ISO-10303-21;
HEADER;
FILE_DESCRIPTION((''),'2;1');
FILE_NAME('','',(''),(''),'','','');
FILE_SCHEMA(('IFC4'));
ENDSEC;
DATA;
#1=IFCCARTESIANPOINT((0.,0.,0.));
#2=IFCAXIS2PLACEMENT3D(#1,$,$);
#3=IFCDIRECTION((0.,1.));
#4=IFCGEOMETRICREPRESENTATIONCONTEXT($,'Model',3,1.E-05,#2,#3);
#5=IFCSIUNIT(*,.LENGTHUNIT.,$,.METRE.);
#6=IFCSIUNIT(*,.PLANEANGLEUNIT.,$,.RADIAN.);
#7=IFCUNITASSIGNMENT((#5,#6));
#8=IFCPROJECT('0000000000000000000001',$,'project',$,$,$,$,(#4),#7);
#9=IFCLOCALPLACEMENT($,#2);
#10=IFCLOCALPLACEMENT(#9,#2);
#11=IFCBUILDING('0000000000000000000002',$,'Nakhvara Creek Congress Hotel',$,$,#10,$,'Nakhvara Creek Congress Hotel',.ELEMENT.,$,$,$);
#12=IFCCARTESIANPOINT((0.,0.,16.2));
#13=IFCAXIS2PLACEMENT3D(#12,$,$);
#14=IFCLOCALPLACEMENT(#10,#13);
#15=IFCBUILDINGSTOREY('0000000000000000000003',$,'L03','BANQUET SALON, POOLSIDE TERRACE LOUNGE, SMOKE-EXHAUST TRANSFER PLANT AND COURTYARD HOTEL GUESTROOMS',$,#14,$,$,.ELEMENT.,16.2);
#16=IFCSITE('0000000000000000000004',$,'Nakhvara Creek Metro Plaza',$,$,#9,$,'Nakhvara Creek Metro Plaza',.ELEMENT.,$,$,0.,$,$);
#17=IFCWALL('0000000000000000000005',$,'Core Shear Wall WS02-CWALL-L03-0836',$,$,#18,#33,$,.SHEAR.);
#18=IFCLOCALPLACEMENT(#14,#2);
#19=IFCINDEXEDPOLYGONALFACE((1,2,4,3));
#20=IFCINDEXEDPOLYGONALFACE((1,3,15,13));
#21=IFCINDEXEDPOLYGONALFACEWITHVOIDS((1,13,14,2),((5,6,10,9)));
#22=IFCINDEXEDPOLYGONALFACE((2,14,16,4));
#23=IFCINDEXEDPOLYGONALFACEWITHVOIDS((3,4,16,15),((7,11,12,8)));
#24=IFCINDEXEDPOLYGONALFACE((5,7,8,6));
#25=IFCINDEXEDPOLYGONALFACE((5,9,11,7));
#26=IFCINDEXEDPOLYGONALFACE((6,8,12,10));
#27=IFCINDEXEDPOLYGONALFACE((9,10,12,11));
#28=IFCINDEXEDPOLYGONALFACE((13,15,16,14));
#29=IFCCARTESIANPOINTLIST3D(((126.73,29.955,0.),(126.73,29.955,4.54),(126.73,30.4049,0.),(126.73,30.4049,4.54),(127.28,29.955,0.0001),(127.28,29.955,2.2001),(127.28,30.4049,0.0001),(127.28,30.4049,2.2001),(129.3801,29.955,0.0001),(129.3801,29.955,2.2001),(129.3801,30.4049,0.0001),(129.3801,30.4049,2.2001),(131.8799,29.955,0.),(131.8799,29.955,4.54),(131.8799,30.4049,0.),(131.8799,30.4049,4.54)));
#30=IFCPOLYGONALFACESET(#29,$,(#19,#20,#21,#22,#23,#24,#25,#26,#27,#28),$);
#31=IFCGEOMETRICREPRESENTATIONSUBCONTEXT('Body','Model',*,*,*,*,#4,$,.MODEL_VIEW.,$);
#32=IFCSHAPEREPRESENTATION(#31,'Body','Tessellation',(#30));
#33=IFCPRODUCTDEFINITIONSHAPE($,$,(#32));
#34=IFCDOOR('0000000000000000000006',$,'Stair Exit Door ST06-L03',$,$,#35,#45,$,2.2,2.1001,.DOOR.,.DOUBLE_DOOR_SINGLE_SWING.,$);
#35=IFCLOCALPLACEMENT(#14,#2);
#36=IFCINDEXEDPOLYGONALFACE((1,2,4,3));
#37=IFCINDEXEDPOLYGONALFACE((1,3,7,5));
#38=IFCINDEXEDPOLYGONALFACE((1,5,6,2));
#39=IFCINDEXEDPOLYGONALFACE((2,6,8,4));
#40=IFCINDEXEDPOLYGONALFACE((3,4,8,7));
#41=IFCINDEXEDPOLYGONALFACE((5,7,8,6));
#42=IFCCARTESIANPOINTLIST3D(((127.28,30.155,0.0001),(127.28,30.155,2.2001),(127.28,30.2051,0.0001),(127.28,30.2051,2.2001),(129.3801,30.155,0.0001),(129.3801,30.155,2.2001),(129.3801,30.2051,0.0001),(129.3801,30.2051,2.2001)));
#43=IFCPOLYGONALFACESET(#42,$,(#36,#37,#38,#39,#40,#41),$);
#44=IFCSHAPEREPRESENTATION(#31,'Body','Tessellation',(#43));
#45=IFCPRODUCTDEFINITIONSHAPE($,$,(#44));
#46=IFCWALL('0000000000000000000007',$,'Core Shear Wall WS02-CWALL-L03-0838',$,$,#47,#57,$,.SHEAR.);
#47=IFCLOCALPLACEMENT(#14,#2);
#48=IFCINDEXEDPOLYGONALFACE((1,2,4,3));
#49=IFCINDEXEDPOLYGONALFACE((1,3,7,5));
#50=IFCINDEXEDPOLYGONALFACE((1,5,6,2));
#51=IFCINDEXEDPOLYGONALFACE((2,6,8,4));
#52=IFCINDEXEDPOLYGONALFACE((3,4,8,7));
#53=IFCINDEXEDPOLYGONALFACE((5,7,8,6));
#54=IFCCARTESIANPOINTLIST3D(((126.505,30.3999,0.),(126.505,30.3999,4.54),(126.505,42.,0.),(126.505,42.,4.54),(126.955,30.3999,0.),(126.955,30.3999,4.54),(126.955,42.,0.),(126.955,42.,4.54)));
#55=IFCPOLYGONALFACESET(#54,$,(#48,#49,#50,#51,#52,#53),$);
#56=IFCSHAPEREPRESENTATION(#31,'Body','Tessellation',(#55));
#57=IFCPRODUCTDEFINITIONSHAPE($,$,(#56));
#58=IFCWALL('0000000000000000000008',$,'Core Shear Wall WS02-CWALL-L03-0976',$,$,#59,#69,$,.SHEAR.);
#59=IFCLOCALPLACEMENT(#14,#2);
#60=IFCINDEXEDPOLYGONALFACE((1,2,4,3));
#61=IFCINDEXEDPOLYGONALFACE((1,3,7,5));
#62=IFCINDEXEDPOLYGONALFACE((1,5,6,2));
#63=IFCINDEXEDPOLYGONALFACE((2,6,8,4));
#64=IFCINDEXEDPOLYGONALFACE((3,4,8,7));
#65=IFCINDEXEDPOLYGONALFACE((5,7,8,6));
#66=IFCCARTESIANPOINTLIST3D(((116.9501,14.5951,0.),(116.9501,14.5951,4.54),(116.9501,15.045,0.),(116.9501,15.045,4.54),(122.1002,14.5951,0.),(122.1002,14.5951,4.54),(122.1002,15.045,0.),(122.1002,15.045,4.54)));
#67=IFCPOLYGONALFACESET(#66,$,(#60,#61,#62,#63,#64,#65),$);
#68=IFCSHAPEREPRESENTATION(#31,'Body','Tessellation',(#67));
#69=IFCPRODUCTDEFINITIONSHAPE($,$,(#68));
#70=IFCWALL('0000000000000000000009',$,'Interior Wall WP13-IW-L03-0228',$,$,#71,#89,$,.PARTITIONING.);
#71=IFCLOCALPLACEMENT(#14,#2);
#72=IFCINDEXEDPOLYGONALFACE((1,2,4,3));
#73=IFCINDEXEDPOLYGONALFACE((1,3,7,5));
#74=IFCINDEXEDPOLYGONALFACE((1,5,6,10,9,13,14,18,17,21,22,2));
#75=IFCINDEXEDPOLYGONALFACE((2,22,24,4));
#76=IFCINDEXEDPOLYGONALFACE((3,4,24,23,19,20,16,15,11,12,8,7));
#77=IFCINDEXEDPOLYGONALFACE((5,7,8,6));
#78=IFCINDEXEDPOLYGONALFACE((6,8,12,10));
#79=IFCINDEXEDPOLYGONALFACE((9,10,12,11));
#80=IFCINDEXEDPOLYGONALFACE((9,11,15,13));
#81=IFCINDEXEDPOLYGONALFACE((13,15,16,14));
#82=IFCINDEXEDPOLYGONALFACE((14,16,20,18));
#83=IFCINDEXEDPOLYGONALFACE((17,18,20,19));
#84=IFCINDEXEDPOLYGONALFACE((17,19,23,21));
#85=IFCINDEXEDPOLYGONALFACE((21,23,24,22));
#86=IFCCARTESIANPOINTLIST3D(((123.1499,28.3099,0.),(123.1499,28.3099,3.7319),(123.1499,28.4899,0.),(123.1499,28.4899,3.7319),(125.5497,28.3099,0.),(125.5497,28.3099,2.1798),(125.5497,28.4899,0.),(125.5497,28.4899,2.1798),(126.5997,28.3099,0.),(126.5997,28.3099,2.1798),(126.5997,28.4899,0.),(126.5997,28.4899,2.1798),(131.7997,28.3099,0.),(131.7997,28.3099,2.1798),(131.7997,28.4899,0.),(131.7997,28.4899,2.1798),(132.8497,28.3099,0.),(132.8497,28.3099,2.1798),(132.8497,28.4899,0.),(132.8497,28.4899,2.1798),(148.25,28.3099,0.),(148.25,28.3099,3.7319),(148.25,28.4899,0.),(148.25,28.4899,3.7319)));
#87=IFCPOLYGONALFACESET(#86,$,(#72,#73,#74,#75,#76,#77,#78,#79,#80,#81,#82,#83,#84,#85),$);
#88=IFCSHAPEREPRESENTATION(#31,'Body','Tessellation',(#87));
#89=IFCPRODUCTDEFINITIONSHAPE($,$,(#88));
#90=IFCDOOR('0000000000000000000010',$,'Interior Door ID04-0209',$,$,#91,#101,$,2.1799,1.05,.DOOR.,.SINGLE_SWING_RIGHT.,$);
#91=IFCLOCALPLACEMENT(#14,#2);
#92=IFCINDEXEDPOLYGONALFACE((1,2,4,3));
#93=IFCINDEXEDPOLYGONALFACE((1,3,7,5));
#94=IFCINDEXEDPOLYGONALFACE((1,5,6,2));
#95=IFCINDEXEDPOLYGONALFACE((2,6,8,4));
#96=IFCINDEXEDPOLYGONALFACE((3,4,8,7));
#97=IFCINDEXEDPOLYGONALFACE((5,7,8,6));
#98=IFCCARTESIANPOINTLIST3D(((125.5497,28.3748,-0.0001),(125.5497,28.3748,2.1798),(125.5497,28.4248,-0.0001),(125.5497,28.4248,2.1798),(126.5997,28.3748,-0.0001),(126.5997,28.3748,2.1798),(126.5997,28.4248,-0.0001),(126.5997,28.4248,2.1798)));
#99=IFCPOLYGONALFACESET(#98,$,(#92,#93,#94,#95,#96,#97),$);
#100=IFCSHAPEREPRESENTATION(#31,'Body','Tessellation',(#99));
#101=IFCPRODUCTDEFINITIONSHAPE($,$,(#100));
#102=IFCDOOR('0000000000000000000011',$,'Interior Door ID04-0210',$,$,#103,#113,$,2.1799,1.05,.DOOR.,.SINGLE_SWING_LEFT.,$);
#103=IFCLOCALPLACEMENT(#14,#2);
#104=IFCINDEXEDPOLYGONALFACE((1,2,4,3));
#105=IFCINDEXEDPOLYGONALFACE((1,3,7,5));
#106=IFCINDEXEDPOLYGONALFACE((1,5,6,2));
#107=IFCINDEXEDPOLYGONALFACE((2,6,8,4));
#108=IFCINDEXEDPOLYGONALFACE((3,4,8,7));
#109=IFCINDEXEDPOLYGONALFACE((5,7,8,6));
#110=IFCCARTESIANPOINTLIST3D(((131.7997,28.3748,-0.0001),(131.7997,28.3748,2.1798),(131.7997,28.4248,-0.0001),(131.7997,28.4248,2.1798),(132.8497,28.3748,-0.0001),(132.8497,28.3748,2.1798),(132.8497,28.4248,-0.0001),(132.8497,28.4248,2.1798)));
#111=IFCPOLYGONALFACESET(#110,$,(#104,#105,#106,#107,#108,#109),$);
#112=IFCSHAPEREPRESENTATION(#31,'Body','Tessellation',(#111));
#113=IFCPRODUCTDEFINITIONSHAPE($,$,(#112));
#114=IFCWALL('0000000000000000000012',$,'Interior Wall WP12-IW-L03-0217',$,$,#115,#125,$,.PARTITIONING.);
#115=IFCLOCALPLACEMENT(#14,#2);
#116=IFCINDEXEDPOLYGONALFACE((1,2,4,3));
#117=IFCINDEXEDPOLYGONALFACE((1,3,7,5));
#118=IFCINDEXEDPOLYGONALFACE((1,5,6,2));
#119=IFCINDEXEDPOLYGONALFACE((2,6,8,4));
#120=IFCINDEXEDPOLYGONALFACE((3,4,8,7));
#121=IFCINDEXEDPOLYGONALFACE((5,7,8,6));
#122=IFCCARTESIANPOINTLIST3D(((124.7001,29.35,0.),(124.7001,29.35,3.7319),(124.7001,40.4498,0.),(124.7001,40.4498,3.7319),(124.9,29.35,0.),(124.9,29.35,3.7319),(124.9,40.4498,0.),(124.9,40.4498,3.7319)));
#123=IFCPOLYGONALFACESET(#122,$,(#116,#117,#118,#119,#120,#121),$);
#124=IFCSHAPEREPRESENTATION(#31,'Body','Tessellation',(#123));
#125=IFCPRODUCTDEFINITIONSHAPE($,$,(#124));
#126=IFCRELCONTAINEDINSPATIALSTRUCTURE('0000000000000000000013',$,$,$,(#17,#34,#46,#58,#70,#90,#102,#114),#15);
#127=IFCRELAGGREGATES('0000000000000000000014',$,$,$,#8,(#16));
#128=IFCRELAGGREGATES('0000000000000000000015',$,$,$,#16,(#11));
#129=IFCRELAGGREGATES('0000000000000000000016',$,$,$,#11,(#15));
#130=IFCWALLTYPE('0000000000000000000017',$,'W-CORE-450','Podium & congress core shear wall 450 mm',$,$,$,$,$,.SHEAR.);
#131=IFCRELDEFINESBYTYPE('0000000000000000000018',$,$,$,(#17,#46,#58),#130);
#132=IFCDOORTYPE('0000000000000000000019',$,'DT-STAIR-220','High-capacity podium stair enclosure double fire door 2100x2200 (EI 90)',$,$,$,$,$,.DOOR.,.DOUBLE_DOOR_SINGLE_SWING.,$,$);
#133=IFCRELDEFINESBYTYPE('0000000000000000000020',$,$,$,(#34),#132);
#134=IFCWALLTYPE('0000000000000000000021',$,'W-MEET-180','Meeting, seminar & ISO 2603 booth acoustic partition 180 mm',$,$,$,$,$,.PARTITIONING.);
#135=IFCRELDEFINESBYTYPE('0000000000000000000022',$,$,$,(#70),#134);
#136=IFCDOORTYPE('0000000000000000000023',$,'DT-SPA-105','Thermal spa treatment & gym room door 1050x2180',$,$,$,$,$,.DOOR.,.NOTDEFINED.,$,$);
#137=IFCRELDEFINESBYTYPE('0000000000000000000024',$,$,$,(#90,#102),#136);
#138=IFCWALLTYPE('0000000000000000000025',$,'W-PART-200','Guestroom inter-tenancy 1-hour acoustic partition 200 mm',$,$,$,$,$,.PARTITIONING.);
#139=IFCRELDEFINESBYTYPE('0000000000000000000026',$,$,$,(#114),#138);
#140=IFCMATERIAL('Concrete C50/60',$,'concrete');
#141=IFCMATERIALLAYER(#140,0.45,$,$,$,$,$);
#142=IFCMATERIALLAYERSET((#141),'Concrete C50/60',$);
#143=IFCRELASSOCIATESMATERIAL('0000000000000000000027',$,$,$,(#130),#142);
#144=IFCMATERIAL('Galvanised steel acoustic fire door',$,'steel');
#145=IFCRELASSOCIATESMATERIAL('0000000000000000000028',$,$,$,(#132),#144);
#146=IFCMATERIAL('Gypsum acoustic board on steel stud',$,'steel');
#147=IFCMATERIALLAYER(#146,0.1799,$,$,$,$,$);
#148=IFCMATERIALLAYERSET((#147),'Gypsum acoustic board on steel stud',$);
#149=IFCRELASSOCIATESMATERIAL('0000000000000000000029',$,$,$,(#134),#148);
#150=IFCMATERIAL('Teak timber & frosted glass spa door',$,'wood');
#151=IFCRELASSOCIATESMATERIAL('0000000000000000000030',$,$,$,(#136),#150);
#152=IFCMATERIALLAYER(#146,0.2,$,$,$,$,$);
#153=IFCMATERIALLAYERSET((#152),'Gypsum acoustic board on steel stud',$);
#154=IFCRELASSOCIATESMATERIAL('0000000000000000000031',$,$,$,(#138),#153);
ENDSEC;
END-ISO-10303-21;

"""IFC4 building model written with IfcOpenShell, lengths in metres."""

from ifc_helpers import new_model, si_unit, direction, frame, frame_2d, origin, place, context, subcontext, project, spatial, rectangle, extrude, material, layer, layer_set, type_object, element, fill, save


model = new_model("IFC4")

# Units and contexts
model_context = context("Model", 3, precision=1e-05, world=origin(), true_north=direction((0.0, 1.0)))
body_context = subcontext(model_context, "Body", "Model", "MODEL_VIEW")
ifc_project = project(units=[si_unit("LENGTHUNIT", "METRE"), si_unit("PLANEANGLEUNIT", "RADIAN")], contexts=[model_context])

# Site, building, storey
site_placement = place(None, origin())
site = spatial("IfcSite", under=ifc_project, at=site_placement, Name="Nakhvara Creek Metro Plaza", LongName="Nakhvara Creek Metro Plaza", CompositionType="ELEMENT", RefElevation=0.0)
building_placement = place(site_placement, origin())
building = spatial("IfcBuilding", under=site, at=building_placement, Name="Nakhvara Creek Congress Hotel", LongName="Nakhvara Creek Congress Hotel", CompositionType="ELEMENT")
storey_placement = place(building_placement, frame((0.0, 0.0, 16.2)))
storey = spatial("IfcBuildingStorey", under=building, at=storey_placement, Name="L03", Description="BANQUET SALON, POOLSIDE TERRACE LOUNGE, SMOKE-EXHAUST TRANSFER PLANT AND COURTYARD HOTEL GUESTROOMS", CompositionType="ELEMENT", Elevation=16.2)

# Shared definitions
ifc_material_1 = material(Name="Concrete C50/60", Category="concrete")

# Wall, opening, door
ifc_layer_1 = layer(ifc_material_1, 0.45)
ifc_layer_set_1 = layer_set([ifc_layer_1], Name="Concrete C50/60")
wall_type_1 = type_object("IfcWallType", Name="W-CORE-450", Description="Podium & congress core shear wall 450 mm", PredefinedType="SHEAR", material=ifc_layer_set_1)
wall_1_placement = place(storey_placement, frame((126.73, 30.1799, 0.0), z_axis=(0.0, 0.0, 1.0), x_axis=(1.0, 0.0, 0.0)))
wall_1 = element("IfcWall", 1, at=wall_1_placement, inside=storey, type_object=wall_type_1, Name="Core Shear Wall WS02-CWALL-L03-0836", PredefinedType="SHEAR", context=body_context, shape_type="SweptSolid", body=[
    extrude(rectangle(XDim=5.1499, YDim=0.45, at=frame_2d((2.575, 0.0))), origin(), (0.0, 0.0, 1.0), 4.54),
])
opening_1_placement = place(wall_1_placement, frame((0.55, 0.0, 0.0)))
opening_1 = element("IfcOpeningElement", 2, at=opening_1_placement, cuts=wall_1, PredefinedType="OPENING", context=body_context, shape_type="SweptSolid", body=[
    extrude(rectangle(XDim=2.1001, YDim=2.2, at=frame_2d((1.05, 1.1001))), frame((0.0, 0.2368, 0.0), z_axis=(0.0, -1.0, 0.0), x_axis=(1.0, 0.0, 0.0)), (0.0, 0.0, 1.0), 0.4739),
])
ifc_material_2 = material(Name="Galvanised steel acoustic fire door", Category="steel")
door_type_1 = type_object("IfcDoorType", Name="DT-STAIR-220", Description="High-capacity podium stair enclosure double fire door 2100x2200 (EI 90)", OperationType="DOUBLE_DOOR_SINGLE_SWING", PredefinedType="DOOR", material=ifc_material_2)
door_1_placement = place(opening_1_placement, frame((2.1001, 0.0, 0.0), z_axis=(0.0, 0.0, 1.0), x_axis=(-1.0, 0.0, 0.0)))
door_1 = element("IfcDoor", 3, at=door_1_placement, inside=storey, type_object=door_type_1, Name="Stair Exit Door ST06-L03", OperationType="DOUBLE_DOOR_SINGLE_SWING", OverallHeight=2.2, OverallWidth=2.1001, PredefinedType="DOOR", context=body_context, shape_type="SweptSolid", body=[
    extrude(rectangle(XDim=2.1001, YDim=2.2, at=frame_2d((1.05, 1.1001))), frame((0.0, 0.0249, 0.0), z_axis=(0.0, -1.0, 0.0), x_axis=(1.0, 0.0, 0.0)), (0.0, 0.0, 1.0), 0.05),
])
fill(opening_1, door_1)

# Walls
wall_2_placement = place(storey_placement, frame((126.73, 30.3999, 0.0), z_axis=(0.0, 0.0, 1.0), x_axis=(0.0, 1.0, 0.0)))
element("IfcWall", 4, at=wall_2_placement, inside=storey, type_object=wall_type_1, Name="Core Shear Wall WS02-CWALL-L03-0838", PredefinedType="SHEAR", context=body_context, shape_type="SweptSolid", body=[
    extrude(rectangle(XDim=11.6001, YDim=0.45, at=frame_2d((5.8, 0.0))), origin(), (0.0, 0.0, 1.0), 4.54),
])
wall_3_placement = place(storey_placement, frame((116.95, 14.8201, 0.0), z_axis=(0.0, 0.0, 1.0), x_axis=(1.0, 0.0, 0.0)))
element("IfcWall", 5, at=wall_3_placement, inside=storey, type_object=wall_type_1, Name="Core Shear Wall WS02-CWALL-L03-0976", PredefinedType="SHEAR", context=body_context, shape_type="SweptSolid", body=[
    extrude(rectangle(XDim=5.1501, YDim=0.45, at=frame_2d((2.5752, 0.0))), origin(), (0.0, 0.0, 1.0), 4.54),
])

# Wall, openings, doors
ifc_material_3 = material(Name="Gypsum acoustic board on steel stud", Category="steel")
ifc_layer_2 = layer(ifc_material_3, 0.1799)
ifc_layer_set_2 = layer_set([ifc_layer_2], Name="Gypsum acoustic board on steel stud")
wall_type_2 = type_object("IfcWallType", Name="W-MEET-180", Description="Meeting, seminar & ISO 2603 booth acoustic partition 180 mm", PredefinedType="PARTITIONING", material=ifc_layer_set_2)
wall_4_placement = place(storey_placement, frame((123.1499, 28.3999, 0.0), z_axis=(0.0, 0.0, 1.0), x_axis=(1.0, 0.0, 0.0)))
wall_4 = element("IfcWall", 6, at=wall_4_placement, inside=storey, type_object=wall_type_2, Name="Interior Wall WP13-IW-L03-0228", PredefinedType="PARTITIONING", context=body_context, shape_type="SweptSolid", body=[
    extrude(rectangle(XDim=25.1001, YDim=0.1799, at=frame_2d((12.55, 0.0))), origin(), (0.0, 0.0, 1.0), 3.7319),
])
opening_2_placement = place(wall_4_placement, frame((2.3999, 0.0, 0.0)))
opening_2 = element("IfcOpeningElement", 7, at=opening_2_placement, cuts=wall_4, PredefinedType="OPENING", context=body_context, shape_type="SweptSolid", body=[
    extrude(rectangle(XDim=1.05, YDim=2.1799, at=frame_2d((0.5249, 1.0898))), frame((0.0, 0.1021, 0.0), z_axis=(0.0, -1.0, 0.0), x_axis=(1.0, 0.0, 0.0)), (0.0, 0.0, 1.0), 0.2039),
])
opening_3_placement = place(wall_4_placement, frame((8.6499, 0.0, 0.0)))
opening_3 = element("IfcOpeningElement", 8, at=opening_3_placement, cuts=wall_4, PredefinedType="OPENING", context=body_context, shape_type="SweptSolid", body=[
    extrude(rectangle(XDim=1.05, YDim=2.1799, at=frame_2d((0.5249, 1.0898))), frame((0.0, 0.1021, 0.0), z_axis=(0.0, -1.0, 0.0), x_axis=(1.0, 0.0, 0.0)), (0.0, 0.0, 1.0), 0.2039),
])
ifc_material_4 = material(Name="Teak timber & frosted glass spa door", Category="wood")
door_type_2 = type_object("IfcDoorType", Name="DT-SPA-105", Description="Thermal spa treatment & gym room door 1050x2180", OperationType="NOTDEFINED", PredefinedType="DOOR", material=ifc_material_4)
door_2_placement = place(opening_2_placement, origin())
door_2 = element("IfcDoor", 9, at=door_2_placement, inside=storey, type_object=door_type_2, Name="Interior Door ID04-0209", OperationType="SINGLE_SWING_RIGHT", OverallHeight=2.1799, OverallWidth=1.05, PredefinedType="DOOR", context=body_context, shape_type="SweptSolid", body=[
    extrude(rectangle(XDim=1.05, YDim=2.1799, at=frame_2d((0.5249, 1.0898))), frame((0.0, 0.0249, 0.0), z_axis=(0.0, -1.0, 0.0), x_axis=(1.0, 0.0, 0.0)), (0.0, 0.0, 1.0), 0.05),
])
fill(opening_2, door_2)
door_3_placement = place(opening_3_placement, origin())
door_3 = element("IfcDoor", 10, at=door_3_placement, inside=storey, type_object=door_type_2, Name="Interior Door ID04-0210", OperationType="SINGLE_SWING_LEFT", OverallHeight=2.1799, OverallWidth=1.05, PredefinedType="DOOR", context=body_context, shape_type="SweptSolid", body=[
    extrude(rectangle(XDim=1.05, YDim=2.1799, at=frame_2d((0.5249, 1.0898))), frame((0.0, 0.0249, 0.0), z_axis=(0.0, -1.0, 0.0), x_axis=(1.0, 0.0, 0.0)), (0.0, 0.0, 1.0), 0.05),
])
fill(opening_3, door_3)

# Wall
ifc_layer_3 = layer(ifc_material_3, 0.2)
ifc_layer_set_3 = layer_set([ifc_layer_3], Name="Gypsum acoustic board on steel stud")
wall_type_3 = type_object("IfcWallType", Name="W-PART-200", Description="Guestroom inter-tenancy 1-hour acoustic partition 200 mm", PredefinedType="PARTITIONING", material=ifc_layer_set_3)
wall_5_placement = place(storey_placement, frame((124.8, 29.3501, 0.0), z_axis=(0.0, 0.0, 1.0), x_axis=(0.0, 1.0, 0.0)))
element("IfcWall", 11, at=wall_5_placement, inside=storey, type_object=wall_type_3, Name="Interior Wall WP12-IW-L03-0217", PredefinedType="PARTITIONING", context=body_context, shape_type="SweptSolid", body=[
    extrude(rectangle(XDim=11.0999, YDim=0.2, at=frame_2d((5.5498, 0.0))), origin(), (0.0, 0.0, 1.0), 3.7319),
])

save(model, "model.ifc")
